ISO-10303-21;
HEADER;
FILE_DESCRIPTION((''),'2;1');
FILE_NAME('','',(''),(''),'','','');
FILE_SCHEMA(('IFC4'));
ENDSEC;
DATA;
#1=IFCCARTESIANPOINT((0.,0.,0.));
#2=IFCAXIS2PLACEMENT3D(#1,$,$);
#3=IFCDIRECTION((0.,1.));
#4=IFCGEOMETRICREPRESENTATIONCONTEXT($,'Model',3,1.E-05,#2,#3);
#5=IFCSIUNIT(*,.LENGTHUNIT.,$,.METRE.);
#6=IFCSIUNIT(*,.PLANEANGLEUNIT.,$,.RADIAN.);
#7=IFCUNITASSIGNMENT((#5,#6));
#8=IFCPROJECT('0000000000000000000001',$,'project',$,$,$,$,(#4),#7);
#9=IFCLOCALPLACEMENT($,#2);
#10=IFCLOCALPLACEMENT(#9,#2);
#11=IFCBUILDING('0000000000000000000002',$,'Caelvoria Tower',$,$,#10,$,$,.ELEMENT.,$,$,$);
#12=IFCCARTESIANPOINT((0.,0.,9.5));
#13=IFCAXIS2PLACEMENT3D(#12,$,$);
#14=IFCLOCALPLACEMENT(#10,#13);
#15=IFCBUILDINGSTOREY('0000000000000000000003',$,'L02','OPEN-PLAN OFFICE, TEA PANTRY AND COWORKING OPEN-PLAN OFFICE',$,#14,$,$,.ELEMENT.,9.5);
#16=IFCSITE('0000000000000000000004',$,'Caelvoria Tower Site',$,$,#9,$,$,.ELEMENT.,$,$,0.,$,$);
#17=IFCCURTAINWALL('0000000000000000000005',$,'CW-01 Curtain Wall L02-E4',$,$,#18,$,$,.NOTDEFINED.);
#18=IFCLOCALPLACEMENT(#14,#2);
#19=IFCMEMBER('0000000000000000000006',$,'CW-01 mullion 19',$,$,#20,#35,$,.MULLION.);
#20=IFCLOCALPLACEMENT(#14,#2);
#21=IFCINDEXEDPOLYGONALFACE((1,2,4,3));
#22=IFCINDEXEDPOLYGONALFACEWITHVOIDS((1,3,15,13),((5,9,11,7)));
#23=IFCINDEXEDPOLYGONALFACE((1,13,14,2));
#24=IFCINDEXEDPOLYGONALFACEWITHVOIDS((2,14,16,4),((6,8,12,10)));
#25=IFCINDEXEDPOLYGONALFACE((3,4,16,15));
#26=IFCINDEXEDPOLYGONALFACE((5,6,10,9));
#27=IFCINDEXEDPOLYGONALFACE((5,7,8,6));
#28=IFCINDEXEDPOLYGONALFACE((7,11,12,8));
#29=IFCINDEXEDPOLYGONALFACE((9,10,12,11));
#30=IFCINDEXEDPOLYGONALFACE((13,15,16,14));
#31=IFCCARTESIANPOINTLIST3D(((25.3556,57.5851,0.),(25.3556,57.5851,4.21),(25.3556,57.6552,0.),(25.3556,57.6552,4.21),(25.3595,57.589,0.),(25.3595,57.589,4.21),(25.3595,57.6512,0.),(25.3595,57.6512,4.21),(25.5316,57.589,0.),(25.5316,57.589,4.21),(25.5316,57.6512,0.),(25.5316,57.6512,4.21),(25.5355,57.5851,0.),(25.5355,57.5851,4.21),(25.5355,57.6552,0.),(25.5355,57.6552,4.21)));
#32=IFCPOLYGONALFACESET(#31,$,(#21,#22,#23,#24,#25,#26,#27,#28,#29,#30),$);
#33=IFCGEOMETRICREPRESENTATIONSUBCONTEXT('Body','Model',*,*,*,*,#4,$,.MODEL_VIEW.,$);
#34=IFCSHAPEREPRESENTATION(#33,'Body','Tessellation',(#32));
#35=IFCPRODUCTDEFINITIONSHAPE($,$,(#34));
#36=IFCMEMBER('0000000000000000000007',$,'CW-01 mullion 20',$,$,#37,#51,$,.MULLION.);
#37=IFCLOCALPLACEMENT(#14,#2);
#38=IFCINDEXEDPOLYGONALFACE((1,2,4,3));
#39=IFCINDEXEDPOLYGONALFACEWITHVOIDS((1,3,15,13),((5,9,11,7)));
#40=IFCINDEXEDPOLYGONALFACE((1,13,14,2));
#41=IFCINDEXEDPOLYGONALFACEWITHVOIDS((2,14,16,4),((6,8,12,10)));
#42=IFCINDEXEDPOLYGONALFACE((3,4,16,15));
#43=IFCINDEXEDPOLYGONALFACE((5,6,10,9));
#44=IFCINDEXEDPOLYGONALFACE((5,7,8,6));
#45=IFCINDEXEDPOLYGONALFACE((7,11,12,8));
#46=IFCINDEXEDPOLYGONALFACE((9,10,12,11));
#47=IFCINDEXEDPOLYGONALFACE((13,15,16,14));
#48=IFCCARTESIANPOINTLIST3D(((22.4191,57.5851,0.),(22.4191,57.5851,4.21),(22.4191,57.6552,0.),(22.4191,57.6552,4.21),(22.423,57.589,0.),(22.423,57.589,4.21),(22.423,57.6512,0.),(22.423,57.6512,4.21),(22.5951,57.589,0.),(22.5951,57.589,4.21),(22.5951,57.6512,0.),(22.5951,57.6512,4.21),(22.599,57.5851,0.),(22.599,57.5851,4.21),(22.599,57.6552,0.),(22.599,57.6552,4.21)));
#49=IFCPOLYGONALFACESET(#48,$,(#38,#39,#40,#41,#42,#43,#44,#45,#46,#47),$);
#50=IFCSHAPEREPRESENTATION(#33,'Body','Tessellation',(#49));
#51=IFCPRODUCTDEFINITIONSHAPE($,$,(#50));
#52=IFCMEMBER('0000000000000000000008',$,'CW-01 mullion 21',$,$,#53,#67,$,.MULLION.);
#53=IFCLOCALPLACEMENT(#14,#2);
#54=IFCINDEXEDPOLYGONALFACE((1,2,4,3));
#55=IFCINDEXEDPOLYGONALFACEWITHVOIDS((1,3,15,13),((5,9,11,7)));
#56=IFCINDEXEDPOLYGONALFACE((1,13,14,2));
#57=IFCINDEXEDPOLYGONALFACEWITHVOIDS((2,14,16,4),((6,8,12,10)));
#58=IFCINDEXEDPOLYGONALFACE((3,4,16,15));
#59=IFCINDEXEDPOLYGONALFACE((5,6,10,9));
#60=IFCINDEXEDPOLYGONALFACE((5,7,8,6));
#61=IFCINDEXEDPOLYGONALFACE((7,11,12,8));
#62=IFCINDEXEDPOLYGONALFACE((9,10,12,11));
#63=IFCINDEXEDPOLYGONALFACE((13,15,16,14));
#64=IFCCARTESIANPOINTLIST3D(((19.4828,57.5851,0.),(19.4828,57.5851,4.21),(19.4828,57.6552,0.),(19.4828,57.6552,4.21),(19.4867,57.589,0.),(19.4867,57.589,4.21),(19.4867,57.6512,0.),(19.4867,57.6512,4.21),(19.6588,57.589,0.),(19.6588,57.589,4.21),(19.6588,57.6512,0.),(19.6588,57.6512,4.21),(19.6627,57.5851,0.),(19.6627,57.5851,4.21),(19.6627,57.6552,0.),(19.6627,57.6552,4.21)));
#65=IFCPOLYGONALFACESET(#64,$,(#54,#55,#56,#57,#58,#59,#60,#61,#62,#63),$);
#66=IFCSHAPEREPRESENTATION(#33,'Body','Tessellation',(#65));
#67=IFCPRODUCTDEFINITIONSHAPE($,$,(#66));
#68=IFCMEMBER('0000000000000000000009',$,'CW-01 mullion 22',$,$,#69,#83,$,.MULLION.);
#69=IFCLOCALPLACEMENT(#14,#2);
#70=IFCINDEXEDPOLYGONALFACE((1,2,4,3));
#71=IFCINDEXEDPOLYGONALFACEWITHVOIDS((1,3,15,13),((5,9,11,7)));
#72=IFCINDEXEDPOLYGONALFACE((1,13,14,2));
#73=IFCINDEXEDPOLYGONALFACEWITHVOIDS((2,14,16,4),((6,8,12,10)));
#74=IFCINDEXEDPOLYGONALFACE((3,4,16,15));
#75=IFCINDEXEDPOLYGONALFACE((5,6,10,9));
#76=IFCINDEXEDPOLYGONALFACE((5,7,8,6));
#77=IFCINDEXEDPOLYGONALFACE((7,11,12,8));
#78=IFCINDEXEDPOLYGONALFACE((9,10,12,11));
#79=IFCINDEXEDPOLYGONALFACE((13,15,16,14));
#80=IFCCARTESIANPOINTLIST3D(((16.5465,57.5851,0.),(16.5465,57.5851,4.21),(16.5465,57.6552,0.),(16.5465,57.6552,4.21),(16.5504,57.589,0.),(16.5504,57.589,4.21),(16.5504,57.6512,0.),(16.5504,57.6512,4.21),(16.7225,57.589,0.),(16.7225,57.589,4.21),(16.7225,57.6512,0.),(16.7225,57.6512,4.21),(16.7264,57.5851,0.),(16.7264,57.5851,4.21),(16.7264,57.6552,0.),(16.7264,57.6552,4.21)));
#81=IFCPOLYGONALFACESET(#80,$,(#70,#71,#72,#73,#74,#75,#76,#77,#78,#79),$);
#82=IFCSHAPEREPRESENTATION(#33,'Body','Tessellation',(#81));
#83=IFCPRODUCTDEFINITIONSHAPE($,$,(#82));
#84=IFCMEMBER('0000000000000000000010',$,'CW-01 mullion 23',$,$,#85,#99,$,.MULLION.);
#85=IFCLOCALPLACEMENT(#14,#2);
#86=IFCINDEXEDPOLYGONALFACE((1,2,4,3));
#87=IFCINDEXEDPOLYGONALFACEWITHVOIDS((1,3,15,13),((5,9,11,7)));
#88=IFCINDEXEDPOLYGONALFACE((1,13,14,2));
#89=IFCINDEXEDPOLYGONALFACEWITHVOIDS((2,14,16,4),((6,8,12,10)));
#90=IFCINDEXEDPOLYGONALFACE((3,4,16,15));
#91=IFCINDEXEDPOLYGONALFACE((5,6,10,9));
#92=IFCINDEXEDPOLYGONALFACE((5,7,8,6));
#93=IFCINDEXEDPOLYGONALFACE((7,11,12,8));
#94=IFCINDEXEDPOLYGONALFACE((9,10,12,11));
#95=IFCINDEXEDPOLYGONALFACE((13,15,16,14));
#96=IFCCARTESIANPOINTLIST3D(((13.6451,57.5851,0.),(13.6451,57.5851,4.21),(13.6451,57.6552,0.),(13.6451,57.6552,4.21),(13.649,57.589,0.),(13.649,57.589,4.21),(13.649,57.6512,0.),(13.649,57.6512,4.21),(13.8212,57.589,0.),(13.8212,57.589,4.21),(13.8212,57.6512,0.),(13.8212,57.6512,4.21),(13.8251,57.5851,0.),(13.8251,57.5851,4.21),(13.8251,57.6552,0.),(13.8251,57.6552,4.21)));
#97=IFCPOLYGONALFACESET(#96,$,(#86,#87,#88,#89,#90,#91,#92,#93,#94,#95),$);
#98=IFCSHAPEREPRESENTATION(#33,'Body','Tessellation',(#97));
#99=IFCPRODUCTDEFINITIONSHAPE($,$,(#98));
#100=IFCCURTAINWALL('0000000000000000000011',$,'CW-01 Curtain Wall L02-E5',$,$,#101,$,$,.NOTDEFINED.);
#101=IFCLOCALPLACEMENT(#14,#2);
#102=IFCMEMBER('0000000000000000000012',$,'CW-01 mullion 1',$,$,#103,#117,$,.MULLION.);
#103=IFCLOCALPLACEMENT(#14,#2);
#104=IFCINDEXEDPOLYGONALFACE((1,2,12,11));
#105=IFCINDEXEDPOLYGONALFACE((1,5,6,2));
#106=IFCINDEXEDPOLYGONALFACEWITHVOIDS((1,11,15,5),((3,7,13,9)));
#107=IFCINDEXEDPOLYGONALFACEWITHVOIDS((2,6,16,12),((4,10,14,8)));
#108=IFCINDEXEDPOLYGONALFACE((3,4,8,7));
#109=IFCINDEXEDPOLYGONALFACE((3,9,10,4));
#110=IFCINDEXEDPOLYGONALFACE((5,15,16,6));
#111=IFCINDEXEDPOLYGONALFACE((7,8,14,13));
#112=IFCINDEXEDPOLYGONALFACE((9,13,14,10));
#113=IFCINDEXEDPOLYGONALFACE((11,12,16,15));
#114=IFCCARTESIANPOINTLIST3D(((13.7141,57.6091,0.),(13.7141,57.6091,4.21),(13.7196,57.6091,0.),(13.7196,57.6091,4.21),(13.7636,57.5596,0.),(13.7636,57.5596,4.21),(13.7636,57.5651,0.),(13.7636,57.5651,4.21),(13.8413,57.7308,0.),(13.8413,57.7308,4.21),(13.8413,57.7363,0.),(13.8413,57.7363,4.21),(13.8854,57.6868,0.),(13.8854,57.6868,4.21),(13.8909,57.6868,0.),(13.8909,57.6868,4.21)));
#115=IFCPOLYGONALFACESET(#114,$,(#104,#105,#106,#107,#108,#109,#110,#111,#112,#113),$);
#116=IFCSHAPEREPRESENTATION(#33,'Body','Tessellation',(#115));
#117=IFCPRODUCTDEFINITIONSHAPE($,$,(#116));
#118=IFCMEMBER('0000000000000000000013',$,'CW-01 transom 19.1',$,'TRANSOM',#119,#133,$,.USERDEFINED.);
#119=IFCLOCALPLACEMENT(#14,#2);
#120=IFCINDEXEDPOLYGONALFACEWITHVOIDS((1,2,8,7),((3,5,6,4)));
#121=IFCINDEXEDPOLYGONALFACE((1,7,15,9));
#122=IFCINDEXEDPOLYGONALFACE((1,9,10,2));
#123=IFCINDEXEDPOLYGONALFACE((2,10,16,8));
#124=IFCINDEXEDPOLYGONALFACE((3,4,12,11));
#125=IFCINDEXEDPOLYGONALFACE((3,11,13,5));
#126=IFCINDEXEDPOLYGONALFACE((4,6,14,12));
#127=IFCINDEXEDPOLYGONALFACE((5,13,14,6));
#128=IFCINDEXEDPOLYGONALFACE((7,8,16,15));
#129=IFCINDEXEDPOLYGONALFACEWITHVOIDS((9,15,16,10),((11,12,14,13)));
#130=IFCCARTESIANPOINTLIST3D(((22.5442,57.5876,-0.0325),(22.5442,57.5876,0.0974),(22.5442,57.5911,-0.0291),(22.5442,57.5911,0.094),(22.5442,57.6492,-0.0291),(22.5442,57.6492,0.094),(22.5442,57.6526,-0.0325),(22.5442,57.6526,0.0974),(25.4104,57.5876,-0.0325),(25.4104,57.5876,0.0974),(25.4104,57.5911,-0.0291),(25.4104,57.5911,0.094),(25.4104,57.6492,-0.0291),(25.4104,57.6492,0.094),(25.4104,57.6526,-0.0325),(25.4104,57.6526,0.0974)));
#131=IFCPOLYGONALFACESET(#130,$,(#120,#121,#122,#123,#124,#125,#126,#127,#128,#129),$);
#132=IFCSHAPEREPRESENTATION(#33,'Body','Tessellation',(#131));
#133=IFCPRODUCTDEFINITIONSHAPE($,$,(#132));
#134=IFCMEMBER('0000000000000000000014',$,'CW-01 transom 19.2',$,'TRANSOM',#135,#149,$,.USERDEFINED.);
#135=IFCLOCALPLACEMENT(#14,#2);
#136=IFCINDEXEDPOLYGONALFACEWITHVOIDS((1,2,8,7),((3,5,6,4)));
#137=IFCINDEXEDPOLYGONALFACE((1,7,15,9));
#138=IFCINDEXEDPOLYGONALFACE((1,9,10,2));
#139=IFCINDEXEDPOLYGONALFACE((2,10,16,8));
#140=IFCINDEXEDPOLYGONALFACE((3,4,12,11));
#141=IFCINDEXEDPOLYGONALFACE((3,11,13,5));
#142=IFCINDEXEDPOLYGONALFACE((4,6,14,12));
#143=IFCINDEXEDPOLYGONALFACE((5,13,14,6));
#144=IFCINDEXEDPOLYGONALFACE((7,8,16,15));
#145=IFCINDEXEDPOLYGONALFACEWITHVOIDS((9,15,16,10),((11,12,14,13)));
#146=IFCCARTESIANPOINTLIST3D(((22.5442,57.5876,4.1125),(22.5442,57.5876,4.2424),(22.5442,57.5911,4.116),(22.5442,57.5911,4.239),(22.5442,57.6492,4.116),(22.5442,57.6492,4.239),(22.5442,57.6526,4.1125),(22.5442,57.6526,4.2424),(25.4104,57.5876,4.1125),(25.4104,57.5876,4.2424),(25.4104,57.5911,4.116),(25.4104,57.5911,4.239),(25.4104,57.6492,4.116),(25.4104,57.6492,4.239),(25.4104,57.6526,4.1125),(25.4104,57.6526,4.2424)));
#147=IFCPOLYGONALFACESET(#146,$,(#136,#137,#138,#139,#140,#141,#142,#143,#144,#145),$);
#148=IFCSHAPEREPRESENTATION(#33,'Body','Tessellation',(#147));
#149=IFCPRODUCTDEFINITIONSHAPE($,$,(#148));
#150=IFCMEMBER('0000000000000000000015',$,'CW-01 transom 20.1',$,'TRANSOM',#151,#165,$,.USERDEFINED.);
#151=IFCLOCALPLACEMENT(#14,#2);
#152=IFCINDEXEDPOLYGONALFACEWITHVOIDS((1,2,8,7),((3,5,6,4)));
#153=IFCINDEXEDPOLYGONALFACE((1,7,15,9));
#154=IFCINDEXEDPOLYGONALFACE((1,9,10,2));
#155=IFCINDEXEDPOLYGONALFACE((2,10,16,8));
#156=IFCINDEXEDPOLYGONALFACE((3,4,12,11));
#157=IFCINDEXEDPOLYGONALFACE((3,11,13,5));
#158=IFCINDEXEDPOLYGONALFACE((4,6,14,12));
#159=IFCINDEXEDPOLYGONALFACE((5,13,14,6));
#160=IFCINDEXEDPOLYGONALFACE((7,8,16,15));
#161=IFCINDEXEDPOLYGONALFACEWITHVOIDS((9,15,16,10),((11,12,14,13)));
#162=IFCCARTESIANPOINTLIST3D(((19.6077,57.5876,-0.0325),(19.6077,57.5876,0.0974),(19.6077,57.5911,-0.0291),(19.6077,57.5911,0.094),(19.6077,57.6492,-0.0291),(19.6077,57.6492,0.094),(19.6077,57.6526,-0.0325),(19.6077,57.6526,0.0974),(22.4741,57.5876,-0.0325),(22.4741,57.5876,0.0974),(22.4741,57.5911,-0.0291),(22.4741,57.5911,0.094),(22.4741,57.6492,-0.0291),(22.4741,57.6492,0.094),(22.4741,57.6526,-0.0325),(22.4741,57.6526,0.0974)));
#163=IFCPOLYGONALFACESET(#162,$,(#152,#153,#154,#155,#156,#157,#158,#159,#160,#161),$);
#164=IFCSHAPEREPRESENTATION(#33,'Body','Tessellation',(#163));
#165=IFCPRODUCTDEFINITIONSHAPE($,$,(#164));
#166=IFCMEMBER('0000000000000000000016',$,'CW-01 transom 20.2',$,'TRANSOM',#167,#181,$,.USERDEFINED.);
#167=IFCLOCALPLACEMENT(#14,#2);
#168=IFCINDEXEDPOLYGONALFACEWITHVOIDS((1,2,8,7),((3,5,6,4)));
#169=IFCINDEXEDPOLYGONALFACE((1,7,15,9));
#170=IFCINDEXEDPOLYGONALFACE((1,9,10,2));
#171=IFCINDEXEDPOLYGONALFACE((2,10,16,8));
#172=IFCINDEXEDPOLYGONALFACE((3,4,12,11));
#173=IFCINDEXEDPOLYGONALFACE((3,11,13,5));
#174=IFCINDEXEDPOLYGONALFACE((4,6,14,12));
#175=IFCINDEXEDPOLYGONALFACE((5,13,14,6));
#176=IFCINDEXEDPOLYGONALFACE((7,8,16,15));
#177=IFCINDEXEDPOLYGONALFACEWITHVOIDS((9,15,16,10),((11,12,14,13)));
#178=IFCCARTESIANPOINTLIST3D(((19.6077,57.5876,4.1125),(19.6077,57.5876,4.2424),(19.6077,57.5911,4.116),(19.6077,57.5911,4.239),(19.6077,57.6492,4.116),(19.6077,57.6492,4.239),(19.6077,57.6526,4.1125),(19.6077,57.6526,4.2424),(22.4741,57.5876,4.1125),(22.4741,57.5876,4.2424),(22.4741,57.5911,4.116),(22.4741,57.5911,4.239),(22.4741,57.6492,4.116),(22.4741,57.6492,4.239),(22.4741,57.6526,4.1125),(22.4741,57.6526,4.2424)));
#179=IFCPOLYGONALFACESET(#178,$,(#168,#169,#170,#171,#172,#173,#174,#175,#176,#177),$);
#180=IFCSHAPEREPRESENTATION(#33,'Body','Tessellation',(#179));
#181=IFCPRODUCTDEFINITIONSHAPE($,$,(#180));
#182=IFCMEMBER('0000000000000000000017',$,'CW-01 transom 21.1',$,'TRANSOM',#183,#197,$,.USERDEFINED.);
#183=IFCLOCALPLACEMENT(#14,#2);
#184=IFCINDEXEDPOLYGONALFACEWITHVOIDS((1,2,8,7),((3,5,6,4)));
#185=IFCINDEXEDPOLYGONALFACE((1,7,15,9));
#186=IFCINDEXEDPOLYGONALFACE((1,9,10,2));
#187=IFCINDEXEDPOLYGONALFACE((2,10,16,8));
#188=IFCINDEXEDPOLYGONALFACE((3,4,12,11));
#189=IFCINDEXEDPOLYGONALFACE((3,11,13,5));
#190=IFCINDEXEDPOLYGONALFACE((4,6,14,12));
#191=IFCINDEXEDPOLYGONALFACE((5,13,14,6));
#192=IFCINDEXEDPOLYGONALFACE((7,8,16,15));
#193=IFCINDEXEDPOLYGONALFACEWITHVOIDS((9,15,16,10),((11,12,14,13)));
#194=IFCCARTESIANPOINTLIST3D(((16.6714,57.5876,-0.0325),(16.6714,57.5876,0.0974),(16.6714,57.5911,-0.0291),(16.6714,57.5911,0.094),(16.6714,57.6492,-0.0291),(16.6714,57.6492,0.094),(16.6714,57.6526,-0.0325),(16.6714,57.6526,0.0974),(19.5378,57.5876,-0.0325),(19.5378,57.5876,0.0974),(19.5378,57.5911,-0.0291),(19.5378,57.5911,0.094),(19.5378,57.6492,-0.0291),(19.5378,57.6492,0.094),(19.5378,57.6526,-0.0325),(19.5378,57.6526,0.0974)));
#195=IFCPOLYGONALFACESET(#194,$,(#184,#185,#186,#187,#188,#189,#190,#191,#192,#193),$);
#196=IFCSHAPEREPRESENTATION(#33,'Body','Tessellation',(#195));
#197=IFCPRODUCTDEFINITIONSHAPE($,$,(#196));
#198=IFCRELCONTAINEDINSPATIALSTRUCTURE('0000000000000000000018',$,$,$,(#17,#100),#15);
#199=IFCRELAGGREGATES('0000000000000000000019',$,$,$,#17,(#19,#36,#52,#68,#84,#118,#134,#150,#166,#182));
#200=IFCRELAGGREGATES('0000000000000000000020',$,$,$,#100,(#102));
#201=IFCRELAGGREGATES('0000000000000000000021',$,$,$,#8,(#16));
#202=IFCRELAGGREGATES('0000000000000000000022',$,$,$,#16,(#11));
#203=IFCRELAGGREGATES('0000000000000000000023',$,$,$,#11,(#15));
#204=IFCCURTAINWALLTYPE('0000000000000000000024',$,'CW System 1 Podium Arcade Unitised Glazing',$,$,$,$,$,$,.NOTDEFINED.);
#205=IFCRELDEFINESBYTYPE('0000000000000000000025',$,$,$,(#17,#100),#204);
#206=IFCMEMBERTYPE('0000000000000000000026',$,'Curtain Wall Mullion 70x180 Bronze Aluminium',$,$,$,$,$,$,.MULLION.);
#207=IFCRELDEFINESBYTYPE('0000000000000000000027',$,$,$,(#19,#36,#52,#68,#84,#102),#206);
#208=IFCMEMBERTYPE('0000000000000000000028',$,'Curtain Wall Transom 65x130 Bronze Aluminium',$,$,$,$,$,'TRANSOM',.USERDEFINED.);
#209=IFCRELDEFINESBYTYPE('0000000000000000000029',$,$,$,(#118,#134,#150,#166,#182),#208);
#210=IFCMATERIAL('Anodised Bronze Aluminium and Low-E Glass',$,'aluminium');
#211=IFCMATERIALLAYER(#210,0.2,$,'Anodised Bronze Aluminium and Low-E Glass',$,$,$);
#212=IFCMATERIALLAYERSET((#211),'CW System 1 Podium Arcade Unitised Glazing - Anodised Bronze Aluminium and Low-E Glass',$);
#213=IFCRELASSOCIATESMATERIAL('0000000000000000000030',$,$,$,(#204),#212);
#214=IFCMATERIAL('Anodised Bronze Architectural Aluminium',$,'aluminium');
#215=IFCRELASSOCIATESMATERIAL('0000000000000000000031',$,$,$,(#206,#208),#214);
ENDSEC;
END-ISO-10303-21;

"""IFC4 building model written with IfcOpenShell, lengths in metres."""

from ifc_helpers import new_model, si_unit, direction, frame, origin, origin_2d, place, context, subcontext, project, spatial, hollow_rectangle, extrude, material, layer, layer_set, material_profile, profile_set, type_object, element, aggregate, save


model = new_model("IFC4")

# Units and contexts
model_context = context("Model", 3, precision=1e-05, world=origin(), true_north=direction((0.0, 1.0)))
body_context = subcontext(model_context, "Body", "Model", "MODEL_VIEW")
ifc_project = project(units=[si_unit("LENGTHUNIT", "METRE"), si_unit("PLANEANGLEUNIT", "RADIAN")], contexts=[model_context])

# Site, building, storey
site_placement = place(None, origin())
site = spatial("IfcSite", under=ifc_project, at=site_placement, Name="Caelvoria Tower Site", CompositionType="ELEMENT", RefElevation=0.0)
building_placement = place(site_placement, origin())
building = spatial("IfcBuilding", under=site, at=building_placement, Name="Caelvoria Tower", CompositionType="ELEMENT")
storey_placement = place(building_placement, frame((0.0, 0.0, 9.5)))
storey = spatial("IfcBuildingStorey", under=building, at=storey_placement, Name="L02", Description="OPEN-PLAN OFFICE, TEA PANTRY AND COWORKING OPEN-PLAN OFFICE", CompositionType="ELEMENT", Elevation=9.5)

# Curtain wall, members
ifc_material_1 = material(Name="Anodised Bronze Aluminium and Low-E Glass", Category="aluminium")
ifc_layer_1 = layer(ifc_material_1, 0.2, Name="Anodised Bronze Aluminium and Low-E Glass")
ifc_layer_set_1 = layer_set([ifc_layer_1], Name="CW System 1 Podium Arcade Unitised Glazing - Anodised Bronze Aluminium and Low-E Glass")
curtain_wall_type = type_object("IfcCurtainWallType", Name="CW System 1 Podium Arcade Unitised Glazing", PredefinedType="NOTDEFINED", material=ifc_layer_set_1)
curtain_wall_1_placement = place(storey_placement, origin())
curtain_wall_1 = element("IfcCurtainWall", 1, at=curtain_wall_1_placement, inside=storey, type_object=curtain_wall_type, Name="CW-01 Curtain Wall L02-E4", PredefinedType="NOTDEFINED")
ifc_material_2 = material(Name="Anodised Bronze Architectural Aluminium", Category="aluminium")
ifc_material_profile_1 = material_profile(ifc_material_2, hollow_rectangle(XDim=0.0701, YDim=0.1799, WallThickness=0.0039, at=origin_2d()), Name="Anodised Bronze Architectural Aluminium")
ifc_profile_set_1 = profile_set([ifc_material_profile_1], Name="CW_MULL_70X180 - Anodised Bronze Architectural Aluminium")
member_type_1 = type_object("IfcMemberType", Name="Curtain Wall Mullion 70x180 Bronze Aluminium", PredefinedType="MULLION", material=ifc_profile_set_1)
member_1_placement = place(storey_placement, frame((25.4456, 57.6201, 0.0), z_axis=(0.0, 0.0, 1.0), x_axis=(0.0, -1.0, 0.0)))
member_1 = element("IfcMember", 2, at=member_1_placement, type_object=member_type_1, Name="CW-01 mullion 19", PredefinedType="MULLION", context=body_context, shape_type="SweptSolid", body=[
    extrude(hollow_rectangle(XDim=0.0701, YDim=0.1799, WallThickness=0.0039, at=origin_2d()), origin(), (0.0, 0.0, 1.0), 4.21),
])
member_2_placement = place(storey_placement, frame((22.509, 57.6201, 0.0), z_axis=(0.0, 0.0, 1.0), x_axis=(0.0, -1.0, 0.0)))
member_2 = element("IfcMember", 3, at=member_2_placement, type_object=member_type_1, Name="CW-01 mullion 20", PredefinedType="MULLION", context=body_context, shape_type="SweptSolid", body=[
    extrude(hollow_rectangle(XDim=0.0701, YDim=0.1799, WallThickness=0.0039, at=origin_2d()), origin(), (0.0, 0.0, 1.0), 4.21),
])
member_3_placement = place(storey_placement, frame((19.5728, 57.6201, 0.0), z_axis=(0.0, 0.0, 1.0), x_axis=(0.0, -1.0, 0.0)))
member_3 = element("IfcMember", 4, at=member_3_placement, type_object=member_type_1, Name="CW-01 mullion 21", PredefinedType="MULLION", context=body_context, shape_type="SweptSolid", body=[
    extrude(hollow_rectangle(XDim=0.0701, YDim=0.1799, WallThickness=0.0039, at=origin_2d()), origin(), (0.0, 0.0, 1.0), 4.21),
])
member_4_placement = place(storey_placement, frame((16.6365, 57.6201, 0.0), z_axis=(0.0, 0.0, 1.0), x_axis=(0.0, -1.0, 0.0)))
member_4 = element("IfcMember", 5, at=member_4_placement, type_object=member_type_1, Name="CW-01 mullion 22", PredefinedType="MULLION", context=body_context, shape_type="SweptSolid", body=[
    extrude(hollow_rectangle(XDim=0.0701, YDim=0.1799, WallThickness=0.0039, at=origin_2d()), origin(), (0.0, 0.0, 1.0), 4.21),
])
member_5_placement = place(storey_placement, frame((13.7351, 57.6201, 0.0), z_axis=(0.0, 0.0, 1.0), x_axis=(0.0, -1.0, 0.0)))
member_5 = element("IfcMember", 6, at=member_5_placement, type_object=member_type_1, Name="CW-01 mullion 23", PredefinedType="MULLION", context=body_context, shape_type="SweptSolid", body=[
    extrude(hollow_rectangle(XDim=0.0701, YDim=0.1799, WallThickness=0.0039, at=origin_2d()), origin(), (0.0, 0.0, 1.0), 4.21),
])

# Curtain wall, member
curtain_wall_2_placement = place(storey_placement, origin())
curtain_wall_2 = element("IfcCurtainWall", 7, at=curtain_wall_2_placement, inside=storey, type_object=curtain_wall_type, Name="CW-01 Curtain Wall L02-E5", PredefinedType="NOTDEFINED")
member_6_placement = place(storey_placement, frame((13.8025, 57.6479, 0.0), z_axis=(0.0, 0.0, 1.0), x_axis=(0.707107, -0.707107, 0.0)))
member_6 = element("IfcMember", 8, at=member_6_placement, type_object=member_type_1, Name="CW-01 mullion 1", PredefinedType="MULLION", context=body_context, shape_type="SweptSolid", body=[
    extrude(hollow_rectangle(XDim=0.0701, YDim=0.1799, WallThickness=0.0039, at=origin_2d()), origin(), (0.0, 0.0, 1.0), 4.21),
])

# Members
ifc_material_profile_2 = material_profile(ifc_material_2, hollow_rectangle(XDim=0.0649, YDim=0.1299, WallThickness=0.0034, at=origin_2d()), Name="Anodised Bronze Architectural Aluminium")
ifc_profile_set_2 = profile_set([ifc_material_profile_2], Name="CW_TRAN_65X130 - Anodised Bronze Architectural Aluminium")
member_type_2 = type_object("IfcMemberType", Name="Curtain Wall Transom 65x130 Bronze Aluminium", ElementType="TRANSOM", PredefinedType="USERDEFINED", material=ifc_profile_set_2)
member_7_placement = place(storey_placement, frame((25.4104, 57.6201, 0.0325), z_axis=(-1.0, 0.0, 0.0), x_axis=(0.0, -1.0, 0.0)))
member_7 = element("IfcMember", 9, at=member_7_placement, type_object=member_type_2, Name="CW-01 transom 19.1", ObjectType="TRANSOM", PredefinedType="USERDEFINED", context=body_context, shape_type="SweptSolid", body=[
    extrude(hollow_rectangle(XDim=0.0649, YDim=0.1299, WallThickness=0.0034, at=origin_2d()), origin(), (0.0, 0.0, 1.0), 2.8662),
])
member_8_placement = place(storey_placement, frame((25.4104, 57.6201, 4.1775), z_axis=(-1.0, 0.0, 0.0), x_axis=(0.0, -1.0, 0.0)))
member_8 = element("IfcMember", 10, at=member_8_placement, type_object=member_type_2, Name="CW-01 transom 19.2", ObjectType="TRANSOM", PredefinedType="USERDEFINED", context=body_context, shape_type="SweptSolid", body=[
    extrude(hollow_rectangle(XDim=0.0649, YDim=0.1299, WallThickness=0.0034, at=origin_2d()), origin(), (0.0, 0.0, 1.0), 2.8662),
])
member_9_placement = place(storey_placement, frame((22.4741, 57.6201, 0.0325), z_axis=(-1.0, 0.0, 0.0), x_axis=(0.0, -1.0, 0.0)))
member_9 = element("IfcMember", 11, at=member_9_placement, type_object=member_type_2, Name="CW-01 transom 20.1", ObjectType="TRANSOM", PredefinedType="USERDEFINED", context=body_context, shape_type="SweptSolid", body=[
    extrude(hollow_rectangle(XDim=0.0649, YDim=0.1299, WallThickness=0.0034, at=origin_2d()), origin(), (0.0, 0.0, 1.0), 2.8665),
])
member_10_placement = place(storey_placement, frame((22.4741, 57.6201, 4.1775), z_axis=(-1.0, 0.0, 0.0), x_axis=(0.0, -1.0, 0.0)))
member_10 = element("IfcMember", 12, at=member_10_placement, type_object=member_type_2, Name="CW-01 transom 20.2", ObjectType="TRANSOM", PredefinedType="USERDEFINED", context=body_context, shape_type="SweptSolid", body=[
    extrude(hollow_rectangle(XDim=0.0649, YDim=0.1299, WallThickness=0.0034, at=origin_2d()), origin(), (0.0, 0.0, 1.0), 2.8665),
])
member_11_placement = place(storey_placement, frame((19.5378, 57.6201, 0.0325), z_axis=(-1.0, 0.0, 0.0), x_axis=(0.0, -1.0, 0.0)))
member_11 = element("IfcMember", 13, at=member_11_placement, type_object=member_type_2, Name="CW-01 transom 21.1", ObjectType="TRANSOM", PredefinedType="USERDEFINED", context=body_context, shape_type="SweptSolid", body=[
    extrude(hollow_rectangle(XDim=0.0649, YDim=0.1299, WallThickness=0.0034, at=origin_2d()), origin(), (0.0, 0.0, 1.0), 2.8665),
])

aggregate(curtain_wall_1, [member_1, member_2, member_3, member_4, member_5, member_7, member_8, member_9, member_10, member_11])
aggregate(curtain_wall_2, [member_6])

save(model, "model.ifc")
